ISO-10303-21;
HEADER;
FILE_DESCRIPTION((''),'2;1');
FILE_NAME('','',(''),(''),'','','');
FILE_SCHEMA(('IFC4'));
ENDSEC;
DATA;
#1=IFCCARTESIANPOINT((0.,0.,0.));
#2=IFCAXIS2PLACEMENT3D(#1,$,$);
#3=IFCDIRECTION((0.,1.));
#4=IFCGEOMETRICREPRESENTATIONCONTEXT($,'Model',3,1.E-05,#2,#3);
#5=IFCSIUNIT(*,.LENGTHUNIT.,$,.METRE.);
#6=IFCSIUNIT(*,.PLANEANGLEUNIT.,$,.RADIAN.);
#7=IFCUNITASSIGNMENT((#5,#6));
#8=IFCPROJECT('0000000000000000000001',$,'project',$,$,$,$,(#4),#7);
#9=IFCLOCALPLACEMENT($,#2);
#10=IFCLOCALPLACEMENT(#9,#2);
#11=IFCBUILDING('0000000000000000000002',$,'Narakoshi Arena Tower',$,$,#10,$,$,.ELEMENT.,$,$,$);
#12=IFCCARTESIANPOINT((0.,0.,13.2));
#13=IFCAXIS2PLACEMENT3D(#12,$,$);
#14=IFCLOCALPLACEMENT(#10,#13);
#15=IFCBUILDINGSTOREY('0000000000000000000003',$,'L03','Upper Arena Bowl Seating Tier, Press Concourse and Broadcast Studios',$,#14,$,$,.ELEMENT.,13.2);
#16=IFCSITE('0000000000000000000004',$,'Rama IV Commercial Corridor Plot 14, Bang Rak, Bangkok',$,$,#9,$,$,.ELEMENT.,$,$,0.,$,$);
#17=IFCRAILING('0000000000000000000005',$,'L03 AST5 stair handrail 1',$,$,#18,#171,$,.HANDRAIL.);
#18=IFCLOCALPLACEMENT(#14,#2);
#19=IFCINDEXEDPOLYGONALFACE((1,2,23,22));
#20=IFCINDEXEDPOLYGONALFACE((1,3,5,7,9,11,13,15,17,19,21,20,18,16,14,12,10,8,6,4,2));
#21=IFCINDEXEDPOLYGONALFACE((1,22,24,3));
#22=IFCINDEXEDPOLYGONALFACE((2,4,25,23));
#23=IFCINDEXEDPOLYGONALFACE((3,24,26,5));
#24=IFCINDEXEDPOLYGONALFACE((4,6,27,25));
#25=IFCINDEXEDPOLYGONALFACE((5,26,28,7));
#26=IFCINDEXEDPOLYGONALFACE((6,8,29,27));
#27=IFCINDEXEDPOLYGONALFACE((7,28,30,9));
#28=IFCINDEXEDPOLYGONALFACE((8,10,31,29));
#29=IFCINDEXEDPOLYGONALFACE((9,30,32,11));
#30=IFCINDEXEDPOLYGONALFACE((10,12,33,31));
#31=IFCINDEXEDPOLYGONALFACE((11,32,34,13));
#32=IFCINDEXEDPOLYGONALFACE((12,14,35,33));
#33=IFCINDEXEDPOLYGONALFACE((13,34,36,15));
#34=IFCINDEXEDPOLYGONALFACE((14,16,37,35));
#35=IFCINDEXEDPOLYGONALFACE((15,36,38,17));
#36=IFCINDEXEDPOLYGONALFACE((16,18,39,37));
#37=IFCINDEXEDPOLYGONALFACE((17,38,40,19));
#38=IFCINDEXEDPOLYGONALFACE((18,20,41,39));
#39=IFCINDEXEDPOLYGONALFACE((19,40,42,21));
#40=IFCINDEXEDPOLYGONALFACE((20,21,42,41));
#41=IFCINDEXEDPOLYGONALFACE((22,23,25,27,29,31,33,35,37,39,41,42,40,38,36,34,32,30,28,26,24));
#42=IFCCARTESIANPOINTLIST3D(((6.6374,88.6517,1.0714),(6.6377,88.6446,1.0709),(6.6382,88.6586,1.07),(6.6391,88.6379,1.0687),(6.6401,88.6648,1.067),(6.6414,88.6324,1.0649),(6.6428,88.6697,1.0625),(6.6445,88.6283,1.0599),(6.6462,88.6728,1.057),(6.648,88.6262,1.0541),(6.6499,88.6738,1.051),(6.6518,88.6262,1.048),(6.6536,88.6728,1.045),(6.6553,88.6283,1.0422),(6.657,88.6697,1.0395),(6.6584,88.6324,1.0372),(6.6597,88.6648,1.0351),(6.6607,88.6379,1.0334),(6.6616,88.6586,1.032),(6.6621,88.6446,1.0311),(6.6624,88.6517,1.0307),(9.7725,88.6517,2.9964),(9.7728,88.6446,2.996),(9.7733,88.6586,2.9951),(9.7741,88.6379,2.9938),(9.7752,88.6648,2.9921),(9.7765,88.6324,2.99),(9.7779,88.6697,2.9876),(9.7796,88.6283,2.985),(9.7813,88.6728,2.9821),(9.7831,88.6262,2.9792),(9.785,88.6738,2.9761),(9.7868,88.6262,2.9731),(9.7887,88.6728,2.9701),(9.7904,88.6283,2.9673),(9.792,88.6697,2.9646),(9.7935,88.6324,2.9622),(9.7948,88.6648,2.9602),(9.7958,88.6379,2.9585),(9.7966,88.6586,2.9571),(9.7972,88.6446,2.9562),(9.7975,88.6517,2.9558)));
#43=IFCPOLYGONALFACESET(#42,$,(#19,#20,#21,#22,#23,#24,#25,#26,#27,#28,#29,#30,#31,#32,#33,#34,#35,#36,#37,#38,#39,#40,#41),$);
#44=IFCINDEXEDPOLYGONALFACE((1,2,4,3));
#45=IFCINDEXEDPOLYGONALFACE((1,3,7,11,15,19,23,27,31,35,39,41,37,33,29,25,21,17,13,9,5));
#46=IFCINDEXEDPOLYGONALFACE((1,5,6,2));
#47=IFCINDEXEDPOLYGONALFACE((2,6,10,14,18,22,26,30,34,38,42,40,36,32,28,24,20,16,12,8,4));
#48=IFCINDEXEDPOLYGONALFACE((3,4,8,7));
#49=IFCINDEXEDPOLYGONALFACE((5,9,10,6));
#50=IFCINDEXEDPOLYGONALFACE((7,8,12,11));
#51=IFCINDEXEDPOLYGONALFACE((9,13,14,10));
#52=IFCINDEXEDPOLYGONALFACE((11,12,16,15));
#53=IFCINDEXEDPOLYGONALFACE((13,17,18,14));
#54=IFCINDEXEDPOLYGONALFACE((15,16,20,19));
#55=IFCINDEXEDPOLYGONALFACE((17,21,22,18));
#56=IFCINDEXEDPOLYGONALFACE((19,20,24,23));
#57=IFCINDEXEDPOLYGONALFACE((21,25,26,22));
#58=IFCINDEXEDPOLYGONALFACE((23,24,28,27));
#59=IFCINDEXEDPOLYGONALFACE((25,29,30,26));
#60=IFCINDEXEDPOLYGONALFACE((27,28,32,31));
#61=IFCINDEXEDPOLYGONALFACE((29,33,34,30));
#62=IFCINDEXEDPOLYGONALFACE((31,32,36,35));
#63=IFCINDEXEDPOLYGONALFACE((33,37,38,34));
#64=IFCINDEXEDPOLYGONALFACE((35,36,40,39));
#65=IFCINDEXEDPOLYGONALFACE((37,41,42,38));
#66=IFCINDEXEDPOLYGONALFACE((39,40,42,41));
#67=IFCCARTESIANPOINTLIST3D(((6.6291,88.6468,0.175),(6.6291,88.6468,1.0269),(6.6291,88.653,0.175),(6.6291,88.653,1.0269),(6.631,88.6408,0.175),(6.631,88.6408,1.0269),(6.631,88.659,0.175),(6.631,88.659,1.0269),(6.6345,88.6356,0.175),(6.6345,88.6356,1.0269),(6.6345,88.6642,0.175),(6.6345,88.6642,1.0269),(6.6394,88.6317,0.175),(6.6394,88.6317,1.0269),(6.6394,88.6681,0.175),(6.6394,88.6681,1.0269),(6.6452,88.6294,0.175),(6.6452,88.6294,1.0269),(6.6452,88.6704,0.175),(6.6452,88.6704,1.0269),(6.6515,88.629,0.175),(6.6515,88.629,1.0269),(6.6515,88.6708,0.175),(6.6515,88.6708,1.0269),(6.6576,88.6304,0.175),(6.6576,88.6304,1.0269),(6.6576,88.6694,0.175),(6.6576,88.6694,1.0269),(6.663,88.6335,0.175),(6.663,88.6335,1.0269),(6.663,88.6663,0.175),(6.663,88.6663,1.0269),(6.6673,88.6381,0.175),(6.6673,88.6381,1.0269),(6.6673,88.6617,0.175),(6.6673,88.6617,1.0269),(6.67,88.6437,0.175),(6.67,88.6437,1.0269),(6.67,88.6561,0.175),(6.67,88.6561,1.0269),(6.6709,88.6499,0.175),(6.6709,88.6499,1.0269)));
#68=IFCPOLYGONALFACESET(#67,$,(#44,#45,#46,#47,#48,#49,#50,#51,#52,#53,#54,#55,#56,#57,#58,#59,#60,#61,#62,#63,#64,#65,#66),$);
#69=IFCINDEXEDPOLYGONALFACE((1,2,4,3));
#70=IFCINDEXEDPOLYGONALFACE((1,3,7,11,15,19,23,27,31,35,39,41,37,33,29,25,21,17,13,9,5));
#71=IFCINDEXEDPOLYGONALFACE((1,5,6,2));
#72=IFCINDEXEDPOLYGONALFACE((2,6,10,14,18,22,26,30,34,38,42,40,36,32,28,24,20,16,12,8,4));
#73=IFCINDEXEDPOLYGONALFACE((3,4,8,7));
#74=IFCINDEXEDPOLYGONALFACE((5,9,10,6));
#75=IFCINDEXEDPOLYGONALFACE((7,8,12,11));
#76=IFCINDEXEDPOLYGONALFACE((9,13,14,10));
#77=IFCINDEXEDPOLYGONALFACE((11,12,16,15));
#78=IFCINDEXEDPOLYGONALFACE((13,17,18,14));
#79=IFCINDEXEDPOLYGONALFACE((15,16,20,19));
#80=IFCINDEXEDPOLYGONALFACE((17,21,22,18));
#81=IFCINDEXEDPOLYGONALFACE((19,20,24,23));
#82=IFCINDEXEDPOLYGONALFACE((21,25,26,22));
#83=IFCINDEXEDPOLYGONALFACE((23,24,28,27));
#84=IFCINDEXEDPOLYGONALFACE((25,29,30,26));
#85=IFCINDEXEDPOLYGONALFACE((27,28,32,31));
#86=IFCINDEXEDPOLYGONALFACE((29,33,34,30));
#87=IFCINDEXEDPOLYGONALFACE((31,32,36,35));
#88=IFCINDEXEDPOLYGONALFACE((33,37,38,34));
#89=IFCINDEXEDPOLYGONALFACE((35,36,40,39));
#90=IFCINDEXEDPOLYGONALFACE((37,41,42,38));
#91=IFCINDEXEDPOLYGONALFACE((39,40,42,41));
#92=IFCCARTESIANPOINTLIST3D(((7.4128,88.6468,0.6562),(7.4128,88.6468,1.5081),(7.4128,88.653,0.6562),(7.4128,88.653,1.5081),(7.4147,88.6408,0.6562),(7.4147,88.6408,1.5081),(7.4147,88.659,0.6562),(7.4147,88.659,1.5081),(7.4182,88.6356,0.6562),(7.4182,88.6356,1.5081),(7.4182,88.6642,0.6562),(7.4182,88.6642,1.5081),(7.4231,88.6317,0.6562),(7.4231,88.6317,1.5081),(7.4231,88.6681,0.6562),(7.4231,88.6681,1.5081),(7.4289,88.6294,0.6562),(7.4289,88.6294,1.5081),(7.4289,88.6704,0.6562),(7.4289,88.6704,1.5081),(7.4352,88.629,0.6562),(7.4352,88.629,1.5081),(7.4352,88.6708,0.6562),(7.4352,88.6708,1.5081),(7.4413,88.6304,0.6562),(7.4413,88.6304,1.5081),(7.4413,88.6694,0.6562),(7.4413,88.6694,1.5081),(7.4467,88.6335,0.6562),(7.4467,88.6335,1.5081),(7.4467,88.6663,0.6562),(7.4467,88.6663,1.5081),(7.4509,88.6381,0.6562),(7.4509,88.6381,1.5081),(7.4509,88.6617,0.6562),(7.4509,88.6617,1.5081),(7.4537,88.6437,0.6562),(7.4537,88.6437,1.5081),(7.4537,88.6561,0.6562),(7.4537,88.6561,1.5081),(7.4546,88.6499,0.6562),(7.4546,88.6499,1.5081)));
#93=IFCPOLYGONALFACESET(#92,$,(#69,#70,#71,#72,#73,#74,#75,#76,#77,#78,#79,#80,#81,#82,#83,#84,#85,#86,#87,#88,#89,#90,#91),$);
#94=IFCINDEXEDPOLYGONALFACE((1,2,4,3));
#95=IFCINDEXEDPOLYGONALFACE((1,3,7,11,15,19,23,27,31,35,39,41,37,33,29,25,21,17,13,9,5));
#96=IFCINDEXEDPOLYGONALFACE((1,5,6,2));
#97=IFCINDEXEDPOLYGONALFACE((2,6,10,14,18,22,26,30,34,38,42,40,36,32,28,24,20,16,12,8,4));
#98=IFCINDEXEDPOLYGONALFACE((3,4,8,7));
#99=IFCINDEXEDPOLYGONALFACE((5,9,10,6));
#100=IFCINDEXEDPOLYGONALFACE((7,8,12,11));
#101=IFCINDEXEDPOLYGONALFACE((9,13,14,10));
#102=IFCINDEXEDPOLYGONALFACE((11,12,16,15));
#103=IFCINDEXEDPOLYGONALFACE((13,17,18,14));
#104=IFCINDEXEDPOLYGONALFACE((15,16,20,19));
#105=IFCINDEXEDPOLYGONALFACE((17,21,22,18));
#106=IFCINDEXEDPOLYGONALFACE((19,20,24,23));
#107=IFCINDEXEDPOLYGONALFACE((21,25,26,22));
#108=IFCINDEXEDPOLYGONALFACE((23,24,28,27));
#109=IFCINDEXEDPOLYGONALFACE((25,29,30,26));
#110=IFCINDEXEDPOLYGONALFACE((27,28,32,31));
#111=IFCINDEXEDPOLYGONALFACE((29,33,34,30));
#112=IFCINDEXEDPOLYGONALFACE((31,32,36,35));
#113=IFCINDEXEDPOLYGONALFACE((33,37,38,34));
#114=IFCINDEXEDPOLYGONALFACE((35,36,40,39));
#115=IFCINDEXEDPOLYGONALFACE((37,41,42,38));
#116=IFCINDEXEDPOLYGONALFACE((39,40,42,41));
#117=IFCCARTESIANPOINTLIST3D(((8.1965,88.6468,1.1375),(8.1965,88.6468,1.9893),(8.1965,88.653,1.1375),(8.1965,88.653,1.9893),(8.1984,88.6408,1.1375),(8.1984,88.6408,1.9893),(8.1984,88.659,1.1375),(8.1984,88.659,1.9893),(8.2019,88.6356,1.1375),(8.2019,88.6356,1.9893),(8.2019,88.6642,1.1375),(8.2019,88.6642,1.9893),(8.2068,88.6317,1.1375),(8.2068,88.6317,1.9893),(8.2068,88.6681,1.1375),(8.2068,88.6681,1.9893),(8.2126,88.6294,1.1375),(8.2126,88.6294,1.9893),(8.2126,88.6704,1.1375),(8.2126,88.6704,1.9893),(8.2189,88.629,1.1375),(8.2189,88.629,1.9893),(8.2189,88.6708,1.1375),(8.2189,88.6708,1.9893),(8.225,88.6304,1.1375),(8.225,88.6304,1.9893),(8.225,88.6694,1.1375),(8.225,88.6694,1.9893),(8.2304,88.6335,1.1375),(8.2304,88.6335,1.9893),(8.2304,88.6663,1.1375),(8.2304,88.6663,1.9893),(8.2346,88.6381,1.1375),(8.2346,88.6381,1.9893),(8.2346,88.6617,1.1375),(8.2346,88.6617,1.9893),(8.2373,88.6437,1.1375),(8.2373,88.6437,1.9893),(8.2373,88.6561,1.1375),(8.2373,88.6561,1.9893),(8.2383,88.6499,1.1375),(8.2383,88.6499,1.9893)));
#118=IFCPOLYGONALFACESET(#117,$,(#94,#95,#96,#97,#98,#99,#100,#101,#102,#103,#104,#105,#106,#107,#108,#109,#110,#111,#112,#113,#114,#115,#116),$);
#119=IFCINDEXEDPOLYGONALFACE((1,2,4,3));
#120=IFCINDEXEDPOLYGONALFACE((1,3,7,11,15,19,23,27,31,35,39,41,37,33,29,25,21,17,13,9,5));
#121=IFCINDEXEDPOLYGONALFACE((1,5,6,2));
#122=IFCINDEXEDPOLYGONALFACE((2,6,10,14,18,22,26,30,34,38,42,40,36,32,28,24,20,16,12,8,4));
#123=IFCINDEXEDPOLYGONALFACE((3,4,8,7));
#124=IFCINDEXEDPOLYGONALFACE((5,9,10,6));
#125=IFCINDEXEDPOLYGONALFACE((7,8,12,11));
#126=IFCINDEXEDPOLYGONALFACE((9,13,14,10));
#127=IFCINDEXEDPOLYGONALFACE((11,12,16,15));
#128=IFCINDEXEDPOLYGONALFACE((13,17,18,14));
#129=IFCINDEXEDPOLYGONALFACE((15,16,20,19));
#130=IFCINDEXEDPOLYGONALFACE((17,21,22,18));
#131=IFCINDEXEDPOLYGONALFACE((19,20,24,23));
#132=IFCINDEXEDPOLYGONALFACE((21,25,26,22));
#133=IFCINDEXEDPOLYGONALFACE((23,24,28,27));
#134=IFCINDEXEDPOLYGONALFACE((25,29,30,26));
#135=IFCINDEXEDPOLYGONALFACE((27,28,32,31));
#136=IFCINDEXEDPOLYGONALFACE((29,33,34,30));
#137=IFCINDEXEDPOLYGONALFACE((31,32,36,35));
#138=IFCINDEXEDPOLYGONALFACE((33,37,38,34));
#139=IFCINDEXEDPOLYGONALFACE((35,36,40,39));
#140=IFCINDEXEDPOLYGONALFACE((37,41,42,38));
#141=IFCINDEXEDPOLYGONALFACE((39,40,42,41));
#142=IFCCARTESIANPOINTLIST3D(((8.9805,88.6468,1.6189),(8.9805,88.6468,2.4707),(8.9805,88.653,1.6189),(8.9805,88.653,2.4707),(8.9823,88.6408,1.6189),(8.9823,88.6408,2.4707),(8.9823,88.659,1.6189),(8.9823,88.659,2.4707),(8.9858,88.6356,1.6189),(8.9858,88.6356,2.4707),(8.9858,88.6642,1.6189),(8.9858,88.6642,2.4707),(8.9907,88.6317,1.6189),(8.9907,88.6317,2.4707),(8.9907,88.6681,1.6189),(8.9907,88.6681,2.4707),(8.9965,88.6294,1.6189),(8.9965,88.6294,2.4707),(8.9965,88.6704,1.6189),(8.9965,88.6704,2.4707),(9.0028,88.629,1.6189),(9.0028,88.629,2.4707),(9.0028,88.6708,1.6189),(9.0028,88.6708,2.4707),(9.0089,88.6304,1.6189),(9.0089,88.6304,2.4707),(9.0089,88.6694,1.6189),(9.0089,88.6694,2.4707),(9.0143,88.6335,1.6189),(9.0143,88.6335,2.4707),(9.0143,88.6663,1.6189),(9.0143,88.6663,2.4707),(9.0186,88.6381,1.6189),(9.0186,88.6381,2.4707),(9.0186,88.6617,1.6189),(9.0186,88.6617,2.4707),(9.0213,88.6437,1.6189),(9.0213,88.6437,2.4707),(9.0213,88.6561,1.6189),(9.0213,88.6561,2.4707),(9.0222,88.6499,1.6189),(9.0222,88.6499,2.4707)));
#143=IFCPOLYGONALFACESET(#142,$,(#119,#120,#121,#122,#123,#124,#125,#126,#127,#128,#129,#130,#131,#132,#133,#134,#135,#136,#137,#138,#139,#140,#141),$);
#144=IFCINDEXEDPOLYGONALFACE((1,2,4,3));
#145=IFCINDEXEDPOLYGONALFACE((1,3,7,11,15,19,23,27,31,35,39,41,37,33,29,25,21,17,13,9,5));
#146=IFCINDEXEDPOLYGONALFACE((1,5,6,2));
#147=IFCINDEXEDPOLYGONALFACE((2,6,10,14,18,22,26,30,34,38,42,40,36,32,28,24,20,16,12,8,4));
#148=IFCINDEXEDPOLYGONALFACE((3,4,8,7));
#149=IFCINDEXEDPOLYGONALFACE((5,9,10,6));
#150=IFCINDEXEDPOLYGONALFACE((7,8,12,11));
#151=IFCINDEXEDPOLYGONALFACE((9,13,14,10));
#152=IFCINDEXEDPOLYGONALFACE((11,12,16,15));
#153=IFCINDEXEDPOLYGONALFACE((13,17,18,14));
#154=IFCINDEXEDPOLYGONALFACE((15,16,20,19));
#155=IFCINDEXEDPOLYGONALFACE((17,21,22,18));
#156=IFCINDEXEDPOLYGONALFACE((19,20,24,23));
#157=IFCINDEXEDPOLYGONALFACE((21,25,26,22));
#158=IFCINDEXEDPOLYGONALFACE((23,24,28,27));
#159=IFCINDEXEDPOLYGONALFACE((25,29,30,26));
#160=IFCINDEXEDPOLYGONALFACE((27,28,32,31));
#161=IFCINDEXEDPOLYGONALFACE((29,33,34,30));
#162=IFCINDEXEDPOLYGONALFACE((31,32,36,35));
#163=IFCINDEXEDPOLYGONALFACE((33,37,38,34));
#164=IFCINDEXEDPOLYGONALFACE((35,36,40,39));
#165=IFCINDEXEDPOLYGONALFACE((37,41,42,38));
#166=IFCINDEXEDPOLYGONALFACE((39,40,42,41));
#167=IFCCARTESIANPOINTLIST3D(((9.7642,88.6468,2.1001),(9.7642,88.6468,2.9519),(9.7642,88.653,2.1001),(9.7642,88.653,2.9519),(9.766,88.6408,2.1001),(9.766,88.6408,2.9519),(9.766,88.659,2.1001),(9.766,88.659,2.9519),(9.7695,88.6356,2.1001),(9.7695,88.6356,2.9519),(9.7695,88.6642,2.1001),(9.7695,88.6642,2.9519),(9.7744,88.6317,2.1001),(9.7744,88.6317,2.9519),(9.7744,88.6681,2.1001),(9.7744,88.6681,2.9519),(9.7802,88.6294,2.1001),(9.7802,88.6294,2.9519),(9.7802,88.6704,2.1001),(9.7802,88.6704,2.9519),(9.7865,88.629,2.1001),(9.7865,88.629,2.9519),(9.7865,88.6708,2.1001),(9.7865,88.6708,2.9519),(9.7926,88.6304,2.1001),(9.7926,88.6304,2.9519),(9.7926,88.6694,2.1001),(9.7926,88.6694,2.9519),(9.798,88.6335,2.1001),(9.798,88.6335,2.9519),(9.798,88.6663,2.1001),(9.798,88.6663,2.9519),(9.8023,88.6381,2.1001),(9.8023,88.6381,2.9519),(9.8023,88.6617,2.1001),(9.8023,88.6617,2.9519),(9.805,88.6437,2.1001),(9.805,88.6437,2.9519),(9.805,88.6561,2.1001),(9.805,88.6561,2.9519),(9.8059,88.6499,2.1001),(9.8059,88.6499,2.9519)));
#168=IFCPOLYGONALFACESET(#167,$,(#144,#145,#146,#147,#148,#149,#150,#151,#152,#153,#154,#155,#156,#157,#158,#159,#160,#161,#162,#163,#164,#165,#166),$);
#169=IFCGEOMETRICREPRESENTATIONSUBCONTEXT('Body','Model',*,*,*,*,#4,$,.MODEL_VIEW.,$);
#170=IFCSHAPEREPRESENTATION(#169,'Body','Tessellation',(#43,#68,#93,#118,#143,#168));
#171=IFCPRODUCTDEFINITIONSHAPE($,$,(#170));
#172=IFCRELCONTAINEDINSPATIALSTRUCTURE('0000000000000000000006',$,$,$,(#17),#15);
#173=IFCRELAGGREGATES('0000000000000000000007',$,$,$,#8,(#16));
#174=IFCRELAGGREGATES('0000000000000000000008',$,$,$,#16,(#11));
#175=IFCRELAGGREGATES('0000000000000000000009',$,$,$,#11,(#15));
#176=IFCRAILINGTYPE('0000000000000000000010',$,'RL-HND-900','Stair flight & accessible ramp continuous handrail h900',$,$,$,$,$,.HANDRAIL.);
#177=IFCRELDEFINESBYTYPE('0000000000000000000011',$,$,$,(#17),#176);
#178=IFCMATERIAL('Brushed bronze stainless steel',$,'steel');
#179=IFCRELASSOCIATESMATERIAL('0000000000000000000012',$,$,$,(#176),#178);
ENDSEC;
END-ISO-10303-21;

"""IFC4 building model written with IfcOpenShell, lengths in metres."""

from ifc_helpers import new_model, si_unit, direction, frame, origin, origin_2d, place, context, subcontext, project, spatial, circle, extrude, material, type_object, element, save


model = new_model("IFC4")

# Units and contexts
model_context = context("Model", 3, precision=1e-05, world=origin(), true_north=direction((0.0, 1.0)))
body_context = subcontext(model_context, "Body", "Model", "MODEL_VIEW")
ifc_project = project(units=[si_unit("LENGTHUNIT", "METRE"), si_unit("PLANEANGLEUNIT", "RADIAN")], contexts=[model_context])

# Site, building, storey
site_placement = place(None, origin())
site = spatial("IfcSite", under=ifc_project, at=site_placement, Name="Rama IV Commercial Corridor Plot 14, Bang Rak, Bangkok", CompositionType="ELEMENT", RefElevation=0.0)
building_placement = place(site_placement, origin())
building = spatial("IfcBuilding", under=site, at=building_placement, Name="Narakoshi Arena Tower", CompositionType="ELEMENT")
storey_placement = place(building_placement, frame((0.0, 0.0, 13.2)))
storey = spatial("IfcBuildingStorey", under=building, at=storey_placement, Name="L03", Description="Upper Arena Bowl Seating Tier, Press Concourse and Broadcast Studios", CompositionType="ELEMENT", Elevation=13.2)

# Railing
ifc_material_1 = material(Name="Brushed bronze stainless steel", Category="steel")
railing_type_1 = type_object("IfcRailingType", Name="RL-HND-900", Description="Stair flight & accessible ramp continuous handrail h900", PredefinedType="HANDRAIL", material=ifc_material_1)
railing_1_placement = place(storey_placement, frame((6.6499, 88.6499, 0.175)))
element("IfcRailing", 1, at=railing_1_placement, inside=storey, type_object=railing_type_1, Name="L03 AST5 stair handrail 1", PredefinedType="HANDRAIL", context=body_context, shape_type="SweptSolid", body=[
    extrude(circle(Radius=0.0239, at=origin_2d()), frame((0.0, 0.0, 0.876), z_axis=(0.852166, 0.0, 0.523271), x_axis=(0.0, 1.0, 0.0)), (0.0, 0.0, 1.0), 3.679),
    extrude(circle(Radius=0.021, at=origin_2d()), origin(), (0.0, 0.0, 1.0), 0.8518),
    extrude(circle(Radius=0.021, at=origin_2d()), frame((0.7837, 0.0, 0.4812)), (0.0, 0.0, 1.0), 0.8518),
    extrude(circle(Radius=0.021, at=origin_2d()), frame((1.5674, 0.0, 0.9624)), (0.0, 0.0, 1.0), 0.8518),
    extrude(circle(Radius=0.021, at=origin_2d()), frame((2.3513, 0.0, 1.4438)), (0.0, 0.0, 1.0), 0.8518),
    extrude(circle(Radius=0.021, at=origin_2d()), frame((3.135, 0.0, 1.925)), (0.0, 0.0, 1.0), 0.8518),
])

save(model, "model.ifc")
